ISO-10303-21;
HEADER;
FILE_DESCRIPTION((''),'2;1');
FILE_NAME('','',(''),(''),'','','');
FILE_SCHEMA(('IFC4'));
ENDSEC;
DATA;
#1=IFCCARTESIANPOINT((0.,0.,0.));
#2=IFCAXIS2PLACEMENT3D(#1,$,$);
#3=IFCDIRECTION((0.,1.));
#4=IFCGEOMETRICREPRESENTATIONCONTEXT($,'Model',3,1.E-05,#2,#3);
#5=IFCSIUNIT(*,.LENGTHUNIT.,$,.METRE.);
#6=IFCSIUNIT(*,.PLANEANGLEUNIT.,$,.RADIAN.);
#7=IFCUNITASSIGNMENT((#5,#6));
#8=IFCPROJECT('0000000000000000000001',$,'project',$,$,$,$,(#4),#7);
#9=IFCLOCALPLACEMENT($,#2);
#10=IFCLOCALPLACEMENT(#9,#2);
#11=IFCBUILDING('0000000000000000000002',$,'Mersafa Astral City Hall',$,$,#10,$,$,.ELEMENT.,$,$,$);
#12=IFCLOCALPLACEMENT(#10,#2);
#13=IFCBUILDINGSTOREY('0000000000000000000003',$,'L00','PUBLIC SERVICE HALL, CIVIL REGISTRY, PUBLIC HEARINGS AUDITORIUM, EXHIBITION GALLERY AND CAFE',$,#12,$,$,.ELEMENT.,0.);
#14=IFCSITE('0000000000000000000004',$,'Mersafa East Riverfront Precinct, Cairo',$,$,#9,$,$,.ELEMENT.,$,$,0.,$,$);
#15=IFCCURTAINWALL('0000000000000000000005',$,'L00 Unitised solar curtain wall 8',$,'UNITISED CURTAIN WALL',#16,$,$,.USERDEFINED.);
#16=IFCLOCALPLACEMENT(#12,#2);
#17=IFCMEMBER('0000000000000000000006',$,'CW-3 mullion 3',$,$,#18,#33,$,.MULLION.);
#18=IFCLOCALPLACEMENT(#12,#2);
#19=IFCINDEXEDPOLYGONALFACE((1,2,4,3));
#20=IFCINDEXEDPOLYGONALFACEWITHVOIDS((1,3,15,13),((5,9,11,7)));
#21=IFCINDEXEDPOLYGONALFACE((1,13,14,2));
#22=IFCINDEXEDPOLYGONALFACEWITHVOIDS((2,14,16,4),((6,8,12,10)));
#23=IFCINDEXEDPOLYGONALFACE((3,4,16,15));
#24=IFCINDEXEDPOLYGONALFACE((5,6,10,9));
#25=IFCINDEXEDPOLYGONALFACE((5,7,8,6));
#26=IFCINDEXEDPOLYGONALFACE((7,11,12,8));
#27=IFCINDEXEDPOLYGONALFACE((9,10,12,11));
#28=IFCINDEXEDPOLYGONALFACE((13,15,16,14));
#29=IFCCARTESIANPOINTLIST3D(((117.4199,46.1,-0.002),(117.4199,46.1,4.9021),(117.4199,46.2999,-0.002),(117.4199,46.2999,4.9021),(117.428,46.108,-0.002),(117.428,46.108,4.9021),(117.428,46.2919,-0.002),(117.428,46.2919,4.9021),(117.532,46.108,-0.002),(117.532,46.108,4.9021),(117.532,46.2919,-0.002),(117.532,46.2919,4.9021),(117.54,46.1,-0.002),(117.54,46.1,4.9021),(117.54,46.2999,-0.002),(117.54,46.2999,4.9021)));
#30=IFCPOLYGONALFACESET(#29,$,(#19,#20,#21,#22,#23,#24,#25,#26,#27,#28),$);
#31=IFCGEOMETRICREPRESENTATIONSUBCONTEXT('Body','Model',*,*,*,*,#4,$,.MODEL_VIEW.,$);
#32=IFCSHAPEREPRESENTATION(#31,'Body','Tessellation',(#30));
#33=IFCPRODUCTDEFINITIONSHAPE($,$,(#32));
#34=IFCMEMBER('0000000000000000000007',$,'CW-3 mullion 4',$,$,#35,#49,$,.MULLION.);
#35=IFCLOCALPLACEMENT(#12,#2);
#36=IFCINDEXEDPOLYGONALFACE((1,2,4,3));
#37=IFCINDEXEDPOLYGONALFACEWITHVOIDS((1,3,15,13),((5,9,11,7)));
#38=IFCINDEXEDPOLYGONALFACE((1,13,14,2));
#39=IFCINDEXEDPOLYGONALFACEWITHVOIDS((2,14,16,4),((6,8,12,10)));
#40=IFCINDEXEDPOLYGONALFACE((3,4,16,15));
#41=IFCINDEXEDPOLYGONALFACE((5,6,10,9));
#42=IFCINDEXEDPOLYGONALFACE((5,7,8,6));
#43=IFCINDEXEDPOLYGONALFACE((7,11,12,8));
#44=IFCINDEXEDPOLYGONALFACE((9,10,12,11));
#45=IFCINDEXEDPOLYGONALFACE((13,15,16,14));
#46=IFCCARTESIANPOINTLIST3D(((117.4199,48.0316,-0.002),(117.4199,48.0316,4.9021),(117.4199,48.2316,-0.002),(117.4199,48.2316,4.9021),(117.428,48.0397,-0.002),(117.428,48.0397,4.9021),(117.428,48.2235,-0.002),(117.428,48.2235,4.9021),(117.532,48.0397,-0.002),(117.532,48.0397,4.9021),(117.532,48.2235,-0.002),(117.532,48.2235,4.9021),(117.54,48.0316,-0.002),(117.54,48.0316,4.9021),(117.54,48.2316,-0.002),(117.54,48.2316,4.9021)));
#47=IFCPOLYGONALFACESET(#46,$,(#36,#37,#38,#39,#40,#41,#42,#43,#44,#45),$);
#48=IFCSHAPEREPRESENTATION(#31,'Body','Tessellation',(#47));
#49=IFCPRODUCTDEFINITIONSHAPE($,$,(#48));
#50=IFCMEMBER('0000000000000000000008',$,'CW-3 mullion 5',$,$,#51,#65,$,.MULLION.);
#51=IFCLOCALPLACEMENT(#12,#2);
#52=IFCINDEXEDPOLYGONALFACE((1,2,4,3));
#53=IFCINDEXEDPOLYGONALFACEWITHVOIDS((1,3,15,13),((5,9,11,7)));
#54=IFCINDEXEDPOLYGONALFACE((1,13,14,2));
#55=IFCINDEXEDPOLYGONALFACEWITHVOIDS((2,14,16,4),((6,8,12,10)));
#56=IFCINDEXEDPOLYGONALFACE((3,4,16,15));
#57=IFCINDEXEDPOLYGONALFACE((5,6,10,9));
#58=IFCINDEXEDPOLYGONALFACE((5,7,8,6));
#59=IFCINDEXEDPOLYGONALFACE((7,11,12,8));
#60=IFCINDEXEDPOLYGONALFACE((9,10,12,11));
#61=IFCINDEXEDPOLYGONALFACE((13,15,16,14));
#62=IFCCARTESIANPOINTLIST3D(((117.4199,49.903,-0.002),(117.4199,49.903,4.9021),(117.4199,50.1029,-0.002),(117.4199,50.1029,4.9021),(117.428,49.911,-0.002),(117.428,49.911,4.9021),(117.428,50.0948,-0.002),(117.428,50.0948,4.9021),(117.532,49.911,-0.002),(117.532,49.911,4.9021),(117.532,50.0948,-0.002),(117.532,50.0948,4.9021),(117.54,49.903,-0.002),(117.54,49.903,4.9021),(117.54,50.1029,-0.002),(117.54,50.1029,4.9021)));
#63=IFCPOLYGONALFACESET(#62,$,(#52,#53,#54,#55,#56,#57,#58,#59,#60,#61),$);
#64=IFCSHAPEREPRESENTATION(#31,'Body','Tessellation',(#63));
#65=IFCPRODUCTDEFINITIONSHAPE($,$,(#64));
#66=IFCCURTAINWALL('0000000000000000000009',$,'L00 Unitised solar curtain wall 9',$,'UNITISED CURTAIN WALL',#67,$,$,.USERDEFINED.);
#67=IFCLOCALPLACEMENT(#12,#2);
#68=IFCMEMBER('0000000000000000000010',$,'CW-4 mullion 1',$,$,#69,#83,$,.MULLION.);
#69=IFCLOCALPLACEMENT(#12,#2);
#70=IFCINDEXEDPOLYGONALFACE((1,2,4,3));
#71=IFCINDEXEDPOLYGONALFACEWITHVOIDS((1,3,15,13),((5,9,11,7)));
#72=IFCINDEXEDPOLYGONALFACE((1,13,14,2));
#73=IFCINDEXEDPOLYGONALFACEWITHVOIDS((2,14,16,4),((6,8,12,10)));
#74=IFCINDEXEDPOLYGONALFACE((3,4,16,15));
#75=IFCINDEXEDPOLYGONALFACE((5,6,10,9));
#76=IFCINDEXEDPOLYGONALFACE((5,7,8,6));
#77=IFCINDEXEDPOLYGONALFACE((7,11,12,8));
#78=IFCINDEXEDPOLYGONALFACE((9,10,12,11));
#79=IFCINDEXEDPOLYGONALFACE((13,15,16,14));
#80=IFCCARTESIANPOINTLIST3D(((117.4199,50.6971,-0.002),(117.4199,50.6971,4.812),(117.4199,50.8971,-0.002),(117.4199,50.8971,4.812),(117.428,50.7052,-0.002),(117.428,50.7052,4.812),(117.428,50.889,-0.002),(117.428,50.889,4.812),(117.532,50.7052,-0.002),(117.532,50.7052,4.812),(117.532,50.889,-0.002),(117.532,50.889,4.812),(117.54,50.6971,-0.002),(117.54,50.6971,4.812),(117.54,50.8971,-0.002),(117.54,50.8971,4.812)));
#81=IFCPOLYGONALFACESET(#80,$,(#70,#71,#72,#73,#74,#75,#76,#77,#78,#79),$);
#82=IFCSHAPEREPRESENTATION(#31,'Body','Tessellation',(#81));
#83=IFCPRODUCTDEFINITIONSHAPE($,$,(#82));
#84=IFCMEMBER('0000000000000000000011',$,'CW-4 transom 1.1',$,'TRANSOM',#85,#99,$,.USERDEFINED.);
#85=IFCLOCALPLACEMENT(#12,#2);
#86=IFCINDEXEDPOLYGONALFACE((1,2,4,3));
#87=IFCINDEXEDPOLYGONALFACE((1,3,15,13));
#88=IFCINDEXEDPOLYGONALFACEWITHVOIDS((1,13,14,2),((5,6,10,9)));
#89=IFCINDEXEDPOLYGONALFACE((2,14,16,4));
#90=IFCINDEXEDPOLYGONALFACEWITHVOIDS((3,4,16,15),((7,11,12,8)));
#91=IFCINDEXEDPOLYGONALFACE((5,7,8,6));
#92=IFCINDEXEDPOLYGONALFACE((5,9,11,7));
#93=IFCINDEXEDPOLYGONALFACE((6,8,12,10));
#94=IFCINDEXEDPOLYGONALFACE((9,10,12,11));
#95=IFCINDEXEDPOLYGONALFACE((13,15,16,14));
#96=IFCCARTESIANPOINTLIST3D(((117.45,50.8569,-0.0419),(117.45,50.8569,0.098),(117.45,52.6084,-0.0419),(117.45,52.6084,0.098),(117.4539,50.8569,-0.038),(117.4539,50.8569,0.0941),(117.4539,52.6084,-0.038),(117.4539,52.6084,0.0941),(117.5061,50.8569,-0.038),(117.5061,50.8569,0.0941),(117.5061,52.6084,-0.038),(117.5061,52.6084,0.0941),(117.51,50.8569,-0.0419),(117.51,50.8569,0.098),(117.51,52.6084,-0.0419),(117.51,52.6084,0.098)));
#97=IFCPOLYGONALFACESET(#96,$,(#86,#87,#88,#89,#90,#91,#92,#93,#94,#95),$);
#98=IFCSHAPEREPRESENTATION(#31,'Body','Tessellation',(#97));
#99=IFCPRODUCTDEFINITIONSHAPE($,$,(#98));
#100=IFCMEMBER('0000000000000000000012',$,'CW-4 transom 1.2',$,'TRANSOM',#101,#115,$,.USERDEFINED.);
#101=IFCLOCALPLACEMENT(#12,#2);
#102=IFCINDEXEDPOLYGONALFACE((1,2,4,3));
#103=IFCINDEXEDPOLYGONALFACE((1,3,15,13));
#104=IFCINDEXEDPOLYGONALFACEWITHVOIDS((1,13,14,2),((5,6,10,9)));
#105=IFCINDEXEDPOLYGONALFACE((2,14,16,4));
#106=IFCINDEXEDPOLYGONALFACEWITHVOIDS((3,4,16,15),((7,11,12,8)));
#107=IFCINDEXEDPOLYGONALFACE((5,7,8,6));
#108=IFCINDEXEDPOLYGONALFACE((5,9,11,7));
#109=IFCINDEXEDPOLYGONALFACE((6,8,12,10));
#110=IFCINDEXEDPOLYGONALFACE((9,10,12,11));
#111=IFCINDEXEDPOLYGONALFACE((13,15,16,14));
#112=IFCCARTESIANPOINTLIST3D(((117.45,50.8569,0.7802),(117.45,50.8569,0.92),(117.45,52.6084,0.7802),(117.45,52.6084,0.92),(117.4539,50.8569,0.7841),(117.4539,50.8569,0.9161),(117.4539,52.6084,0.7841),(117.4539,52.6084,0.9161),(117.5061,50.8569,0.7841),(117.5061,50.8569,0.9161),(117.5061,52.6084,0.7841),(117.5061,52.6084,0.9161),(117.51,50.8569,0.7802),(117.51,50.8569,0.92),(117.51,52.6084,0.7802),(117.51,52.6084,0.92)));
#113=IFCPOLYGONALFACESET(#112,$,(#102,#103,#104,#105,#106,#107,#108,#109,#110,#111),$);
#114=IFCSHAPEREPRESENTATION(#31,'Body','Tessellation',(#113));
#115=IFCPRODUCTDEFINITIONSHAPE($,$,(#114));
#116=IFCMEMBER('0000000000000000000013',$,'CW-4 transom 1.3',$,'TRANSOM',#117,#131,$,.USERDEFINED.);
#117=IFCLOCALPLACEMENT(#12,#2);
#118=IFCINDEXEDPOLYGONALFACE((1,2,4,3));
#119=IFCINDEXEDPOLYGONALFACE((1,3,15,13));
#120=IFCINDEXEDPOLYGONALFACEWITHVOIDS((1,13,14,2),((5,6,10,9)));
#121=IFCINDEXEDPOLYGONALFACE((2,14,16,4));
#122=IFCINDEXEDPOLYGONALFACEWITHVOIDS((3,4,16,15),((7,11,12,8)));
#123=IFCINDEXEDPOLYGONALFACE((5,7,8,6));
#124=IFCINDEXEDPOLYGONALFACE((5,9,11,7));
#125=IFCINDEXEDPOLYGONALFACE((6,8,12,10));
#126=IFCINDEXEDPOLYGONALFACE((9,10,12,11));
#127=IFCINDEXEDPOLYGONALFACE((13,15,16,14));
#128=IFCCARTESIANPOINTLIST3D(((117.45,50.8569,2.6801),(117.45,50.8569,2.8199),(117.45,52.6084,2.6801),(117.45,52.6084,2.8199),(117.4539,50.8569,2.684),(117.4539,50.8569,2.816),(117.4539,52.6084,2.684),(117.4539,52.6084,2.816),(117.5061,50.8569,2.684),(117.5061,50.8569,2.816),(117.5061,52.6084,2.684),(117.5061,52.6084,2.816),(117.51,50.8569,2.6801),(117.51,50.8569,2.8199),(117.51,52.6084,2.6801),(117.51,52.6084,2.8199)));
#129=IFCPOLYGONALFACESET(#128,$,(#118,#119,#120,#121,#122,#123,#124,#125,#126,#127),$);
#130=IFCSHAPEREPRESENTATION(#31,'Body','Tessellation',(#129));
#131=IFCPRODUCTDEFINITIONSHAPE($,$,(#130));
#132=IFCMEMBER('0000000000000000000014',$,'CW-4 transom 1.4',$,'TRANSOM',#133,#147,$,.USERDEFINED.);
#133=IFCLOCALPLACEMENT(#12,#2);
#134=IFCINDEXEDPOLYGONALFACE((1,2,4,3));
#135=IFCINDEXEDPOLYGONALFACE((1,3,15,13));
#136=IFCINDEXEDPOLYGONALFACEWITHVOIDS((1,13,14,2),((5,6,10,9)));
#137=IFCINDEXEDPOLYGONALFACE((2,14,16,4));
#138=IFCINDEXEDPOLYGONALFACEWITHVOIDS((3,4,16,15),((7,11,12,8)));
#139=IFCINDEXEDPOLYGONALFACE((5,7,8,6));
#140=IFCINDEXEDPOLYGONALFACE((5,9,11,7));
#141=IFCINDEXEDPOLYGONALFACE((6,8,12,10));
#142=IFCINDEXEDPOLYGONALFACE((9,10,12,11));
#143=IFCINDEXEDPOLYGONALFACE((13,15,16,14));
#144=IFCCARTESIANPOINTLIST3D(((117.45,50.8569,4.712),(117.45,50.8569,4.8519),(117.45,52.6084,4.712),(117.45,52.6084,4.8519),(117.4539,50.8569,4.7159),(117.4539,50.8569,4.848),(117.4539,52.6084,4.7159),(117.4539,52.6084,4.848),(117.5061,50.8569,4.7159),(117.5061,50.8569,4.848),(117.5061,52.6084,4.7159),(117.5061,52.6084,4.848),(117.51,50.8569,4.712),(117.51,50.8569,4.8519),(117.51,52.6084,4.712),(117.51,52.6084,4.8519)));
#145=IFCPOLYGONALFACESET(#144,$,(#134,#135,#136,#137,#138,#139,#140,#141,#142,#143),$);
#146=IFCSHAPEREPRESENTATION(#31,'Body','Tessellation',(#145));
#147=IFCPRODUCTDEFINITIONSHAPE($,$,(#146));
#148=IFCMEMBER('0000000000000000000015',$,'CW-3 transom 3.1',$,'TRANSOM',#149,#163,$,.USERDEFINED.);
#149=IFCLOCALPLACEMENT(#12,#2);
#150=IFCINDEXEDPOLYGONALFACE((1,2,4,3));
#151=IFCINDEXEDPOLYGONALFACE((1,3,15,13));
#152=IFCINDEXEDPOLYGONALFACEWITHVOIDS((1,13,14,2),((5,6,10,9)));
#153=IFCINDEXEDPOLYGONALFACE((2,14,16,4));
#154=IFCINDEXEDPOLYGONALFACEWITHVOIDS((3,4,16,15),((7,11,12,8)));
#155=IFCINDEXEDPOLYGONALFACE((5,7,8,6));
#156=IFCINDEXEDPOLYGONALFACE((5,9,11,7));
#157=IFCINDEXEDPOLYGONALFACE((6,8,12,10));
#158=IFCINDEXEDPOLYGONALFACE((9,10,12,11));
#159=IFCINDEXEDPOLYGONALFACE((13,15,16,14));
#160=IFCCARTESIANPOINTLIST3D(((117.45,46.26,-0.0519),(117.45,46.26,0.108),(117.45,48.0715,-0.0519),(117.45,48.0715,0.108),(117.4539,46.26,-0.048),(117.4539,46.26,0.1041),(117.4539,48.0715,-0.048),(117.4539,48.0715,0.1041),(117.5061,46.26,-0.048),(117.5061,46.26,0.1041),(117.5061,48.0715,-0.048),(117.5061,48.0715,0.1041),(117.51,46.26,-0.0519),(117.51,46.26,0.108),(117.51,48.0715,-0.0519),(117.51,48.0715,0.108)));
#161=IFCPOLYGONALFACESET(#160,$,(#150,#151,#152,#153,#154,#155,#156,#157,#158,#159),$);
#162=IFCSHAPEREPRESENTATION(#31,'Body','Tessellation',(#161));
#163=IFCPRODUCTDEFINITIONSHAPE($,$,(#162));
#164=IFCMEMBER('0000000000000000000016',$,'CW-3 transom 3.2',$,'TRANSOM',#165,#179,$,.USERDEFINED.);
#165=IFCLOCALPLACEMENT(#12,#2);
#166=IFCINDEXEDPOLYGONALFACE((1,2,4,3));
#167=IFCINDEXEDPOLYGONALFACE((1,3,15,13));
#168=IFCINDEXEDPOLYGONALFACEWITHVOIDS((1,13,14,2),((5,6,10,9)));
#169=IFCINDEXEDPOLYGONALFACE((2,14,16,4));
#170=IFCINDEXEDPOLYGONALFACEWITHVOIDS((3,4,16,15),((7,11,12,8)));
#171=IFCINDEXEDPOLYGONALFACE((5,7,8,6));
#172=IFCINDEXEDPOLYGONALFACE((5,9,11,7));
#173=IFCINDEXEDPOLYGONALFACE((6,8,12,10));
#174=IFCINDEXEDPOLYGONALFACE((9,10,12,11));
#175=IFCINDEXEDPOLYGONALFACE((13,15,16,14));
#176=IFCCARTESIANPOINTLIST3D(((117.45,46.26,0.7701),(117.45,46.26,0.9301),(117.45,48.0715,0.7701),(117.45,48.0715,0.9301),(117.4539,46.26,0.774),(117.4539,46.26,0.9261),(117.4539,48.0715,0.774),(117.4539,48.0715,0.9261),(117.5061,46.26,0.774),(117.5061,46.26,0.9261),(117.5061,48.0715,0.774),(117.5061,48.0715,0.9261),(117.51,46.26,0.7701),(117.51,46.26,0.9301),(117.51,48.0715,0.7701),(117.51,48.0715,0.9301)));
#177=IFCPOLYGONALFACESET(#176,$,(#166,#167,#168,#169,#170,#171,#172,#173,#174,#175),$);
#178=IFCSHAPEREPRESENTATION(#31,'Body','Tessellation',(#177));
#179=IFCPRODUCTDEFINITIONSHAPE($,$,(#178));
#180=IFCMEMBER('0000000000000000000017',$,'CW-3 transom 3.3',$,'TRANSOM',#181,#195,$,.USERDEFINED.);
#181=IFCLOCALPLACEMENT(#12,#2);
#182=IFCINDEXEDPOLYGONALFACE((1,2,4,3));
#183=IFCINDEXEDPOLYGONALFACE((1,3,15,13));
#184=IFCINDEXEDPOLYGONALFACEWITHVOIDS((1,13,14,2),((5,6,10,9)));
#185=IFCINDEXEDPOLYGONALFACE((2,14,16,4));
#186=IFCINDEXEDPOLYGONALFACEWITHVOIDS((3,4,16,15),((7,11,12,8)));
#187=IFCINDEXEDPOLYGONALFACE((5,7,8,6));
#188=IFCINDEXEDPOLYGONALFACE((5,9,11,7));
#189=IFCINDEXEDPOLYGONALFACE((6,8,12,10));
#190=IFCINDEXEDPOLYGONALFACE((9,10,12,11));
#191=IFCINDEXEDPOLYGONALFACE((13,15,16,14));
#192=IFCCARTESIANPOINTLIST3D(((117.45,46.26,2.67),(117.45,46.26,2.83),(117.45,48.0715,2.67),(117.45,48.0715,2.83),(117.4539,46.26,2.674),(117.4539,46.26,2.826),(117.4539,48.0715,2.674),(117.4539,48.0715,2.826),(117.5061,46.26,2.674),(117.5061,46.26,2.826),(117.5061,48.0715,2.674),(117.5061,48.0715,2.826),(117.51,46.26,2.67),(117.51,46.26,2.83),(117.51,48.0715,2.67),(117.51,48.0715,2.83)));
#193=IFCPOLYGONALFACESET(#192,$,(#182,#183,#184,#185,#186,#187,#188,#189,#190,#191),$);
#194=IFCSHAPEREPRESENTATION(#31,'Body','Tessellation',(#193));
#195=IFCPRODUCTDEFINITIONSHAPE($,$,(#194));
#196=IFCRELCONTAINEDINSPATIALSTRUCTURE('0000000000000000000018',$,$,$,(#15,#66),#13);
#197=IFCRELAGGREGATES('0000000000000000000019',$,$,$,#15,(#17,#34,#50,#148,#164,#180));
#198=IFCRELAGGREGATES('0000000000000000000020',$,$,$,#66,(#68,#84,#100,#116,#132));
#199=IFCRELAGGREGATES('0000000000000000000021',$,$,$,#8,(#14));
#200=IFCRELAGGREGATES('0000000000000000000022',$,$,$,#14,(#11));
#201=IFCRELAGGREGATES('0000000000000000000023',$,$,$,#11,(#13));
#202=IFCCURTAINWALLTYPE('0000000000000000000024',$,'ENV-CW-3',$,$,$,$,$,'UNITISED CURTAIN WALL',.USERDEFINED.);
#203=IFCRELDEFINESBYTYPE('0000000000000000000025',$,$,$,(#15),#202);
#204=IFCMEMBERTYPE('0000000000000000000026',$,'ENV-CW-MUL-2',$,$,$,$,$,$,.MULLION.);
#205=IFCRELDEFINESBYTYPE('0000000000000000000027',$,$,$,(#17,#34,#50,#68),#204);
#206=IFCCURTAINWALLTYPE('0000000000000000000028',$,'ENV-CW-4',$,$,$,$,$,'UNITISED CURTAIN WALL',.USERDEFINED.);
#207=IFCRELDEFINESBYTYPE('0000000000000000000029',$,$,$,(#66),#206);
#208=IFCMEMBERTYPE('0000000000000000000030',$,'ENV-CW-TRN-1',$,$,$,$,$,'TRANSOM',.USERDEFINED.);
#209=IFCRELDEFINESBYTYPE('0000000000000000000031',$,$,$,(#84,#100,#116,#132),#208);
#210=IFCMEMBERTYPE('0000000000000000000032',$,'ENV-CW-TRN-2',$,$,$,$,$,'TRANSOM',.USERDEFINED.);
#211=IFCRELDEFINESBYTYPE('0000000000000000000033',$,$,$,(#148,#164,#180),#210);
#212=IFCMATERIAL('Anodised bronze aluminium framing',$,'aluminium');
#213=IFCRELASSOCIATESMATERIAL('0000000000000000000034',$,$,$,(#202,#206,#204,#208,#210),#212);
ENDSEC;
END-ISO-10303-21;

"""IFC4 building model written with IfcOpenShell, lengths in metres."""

from ifc_helpers import new_model, si_unit, direction, frame, origin, origin_2d, place, context, subcontext, project, spatial, hollow_rectangle, extrude, material, material_profile, profile_set, type_object, element, aggregate, save


model = new_model("IFC4")

# Units and contexts
model_context = context("Model", 3, precision=1e-05, world=origin(), true_north=direction((0.0, 1.0)))
body_context = subcontext(model_context, "Body", "Model", "MODEL_VIEW")
ifc_project = project(units=[si_unit("LENGTHUNIT", "METRE"), si_unit("PLANEANGLEUNIT", "RADIAN")], contexts=[model_context])

# Site, building, storey
site_placement = place(None, origin())
site = spatial("IfcSite", under=ifc_project, at=site_placement, Name="Mersafa East Riverfront Precinct, Cairo", CompositionType="ELEMENT", RefElevation=0.0)
building_placement = place(site_placement, origin())
building = spatial("IfcBuilding", under=site, at=building_placement, Name="Mersafa Astral City Hall", CompositionType="ELEMENT")
storey_placement = place(building_placement, origin())
storey = spatial("IfcBuildingStorey", under=building, at=storey_placement, Name="L00", Description="PUBLIC SERVICE HALL, CIVIL REGISTRY, PUBLIC HEARINGS AUDITORIUM, EXHIBITION GALLERY AND CAFE", CompositionType="ELEMENT", Elevation=0.0)

# Curtain walls, members
ifc_material_1 = material(Name="Anodised bronze aluminium framing", Category="aluminium")
curtain_wall_type_1 = type_object("IfcCurtainWallType", Name="ENV-CW-3", ElementType="UNITISED CURTAIN WALL", PredefinedType="USERDEFINED", material=ifc_material_1)
curtain_wall_1_placement = place(storey_placement, origin())
curtain_wall_1 = element("IfcCurtainWall", 1, at=curtain_wall_1_placement, inside=storey, type_object=curtain_wall_type_1, Name="L00 Unitised solar curtain wall 8", ObjectType="UNITISED CURTAIN WALL", PredefinedType="USERDEFINED")
ifc_material_profile_1 = material_profile(ifc_material_1, hollow_rectangle(XDim=0.1201, YDim=0.2, WallThickness=0.0081, at=origin_2d()), Name="RHS 120x200x8")
ifc_profile_set_1 = profile_set([ifc_material_profile_1], Name="Anodised bronze aluminium framing")
member_type_1 = type_object("IfcMemberType", Name="ENV-CW-MUL-2", PredefinedType="MULLION", material=ifc_profile_set_1)
member_1_placement = place(storey_placement, frame((117.48, 46.2, -0.002), z_axis=(0.0, 0.0, 1.0), x_axis=(-1.0, 0.0, 0.0)))
member_1 = element("IfcMember", 2, at=member_1_placement, type_object=member_type_1, Name="CW-3 mullion 3", PredefinedType="MULLION", context=body_context, shape_type="SweptSolid", body=[
    extrude(hollow_rectangle(XDim=0.1201, YDim=0.2, WallThickness=0.0081, at=origin_2d()), origin(), (0.0, 0.0, 1.0), 4.9041),
])
member_2_placement = place(storey_placement, frame((117.48, 48.1316, -0.002), z_axis=(0.0, 0.0, 1.0), x_axis=(-1.0, 0.0, 0.0)))
member_2 = element("IfcMember", 3, at=member_2_placement, type_object=member_type_1, Name="CW-3 mullion 4", PredefinedType="MULLION", context=body_context, shape_type="SweptSolid", body=[
    extrude(hollow_rectangle(XDim=0.1201, YDim=0.2, WallThickness=0.0081, at=origin_2d()), origin(), (0.0, 0.0, 1.0), 4.9041),
])
member_3_placement = place(storey_placement, frame((117.48, 50.0029, -0.002), z_axis=(0.0, 0.0, 1.0), x_axis=(-1.0, 0.0, 0.0)))
member_3 = element("IfcMember", 4, at=member_3_placement, type_object=member_type_1, Name="CW-3 mullion 5", PredefinedType="MULLION", context=body_context, shape_type="SweptSolid", body=[
    extrude(hollow_rectangle(XDim=0.1201, YDim=0.2, WallThickness=0.0081, at=origin_2d()), origin(), (0.0, 0.0, 1.0), 4.9041),
])
curtain_wall_type_2 = type_object("IfcCurtainWallType", Name="ENV-CW-4", ElementType="UNITISED CURTAIN WALL", PredefinedType="USERDEFINED", material=ifc_material_1)
curtain_wall_2_placement = place(storey_placement, origin())
curtain_wall_2 = element("IfcCurtainWall", 5, at=curtain_wall_2_placement, inside=storey, type_object=curtain_wall_type_2, Name="L00 Unitised solar curtain wall 9", ObjectType="UNITISED CURTAIN WALL", PredefinedType="USERDEFINED")
member_4_placement = place(storey_placement, frame((117.48, 50.7971, -0.002), z_axis=(0.0, 0.0, 1.0), x_axis=(-1.0, 0.0, 0.0)))
member_4 = element("IfcMember", 6, at=member_4_placement, type_object=member_type_1, Name="CW-4 mullion 1", PredefinedType="MULLION", context=body_context, shape_type="SweptSolid", body=[
    extrude(hollow_rectangle(XDim=0.1201, YDim=0.2, WallThickness=0.0081, at=origin_2d()), origin(), (0.0, 0.0, 1.0), 4.814),
])
ifc_material_profile_2 = material_profile(ifc_material_1, hollow_rectangle(XDim=0.0601, YDim=0.1399, WallThickness=0.0039, at=origin_2d()), Name="RHS 60x140x4")
ifc_profile_set_2 = profile_set([ifc_material_profile_2], Name="Anodised bronze aluminium framing")
member_type_2 = type_object("IfcMemberType", Name="ENV-CW-TRN-1", ElementType="TRANSOM", PredefinedType="USERDEFINED", material=ifc_profile_set_2)
member_5_placement = place(storey_placement, frame((117.48, 50.8569, 0.0281), z_axis=(0.0, 1.0, 0.0), x_axis=(-1.0, 0.0, 0.0)))
member_5 = element("IfcMember", 7, at=member_5_placement, type_object=member_type_2, Name="CW-4 transom 1.1", ObjectType="TRANSOM", PredefinedType="USERDEFINED", context=body_context, shape_type="SweptSolid", body=[
    extrude(hollow_rectangle(XDim=0.0601, YDim=0.1399, WallThickness=0.0039, at=origin_2d()), origin(), (0.0, 0.0, 1.0), 1.7515),
])
member_6_placement = place(storey_placement, frame((117.48, 50.8569, 0.8501), z_axis=(0.0, 1.0, 0.0), x_axis=(-1.0, 0.0, 0.0)))
member_6 = element("IfcMember", 8, at=member_6_placement, type_object=member_type_2, Name="CW-4 transom 1.2", ObjectType="TRANSOM", PredefinedType="USERDEFINED", context=body_context, shape_type="SweptSolid", body=[
    extrude(hollow_rectangle(XDim=0.0601, YDim=0.1399, WallThickness=0.0039, at=origin_2d()), origin(), (0.0, 0.0, 1.0), 1.7515),
])
member_7_placement = place(storey_placement, frame((117.48, 50.8569, 2.75), z_axis=(0.0, 1.0, 0.0), x_axis=(-1.0, 0.0, 0.0)))
member_7 = element("IfcMember", 9, at=member_7_placement, type_object=member_type_2, Name="CW-4 transom 1.3", ObjectType="TRANSOM", PredefinedType="USERDEFINED", context=body_context, shape_type="SweptSolid", body=[
    extrude(hollow_rectangle(XDim=0.0601, YDim=0.1399, WallThickness=0.0039, at=origin_2d()), origin(), (0.0, 0.0, 1.0), 1.7515),
])
member_8_placement = place(storey_placement, frame((117.48, 50.8569, 4.782), z_axis=(0.0, 1.0, 0.0), x_axis=(-1.0, 0.0, 0.0)))
member_8 = element("IfcMember", 10, at=member_8_placement, type_object=member_type_2, Name="CW-4 transom 1.4", ObjectType="TRANSOM", PredefinedType="USERDEFINED", context=body_context, shape_type="SweptSolid", body=[
    extrude(hollow_rectangle(XDim=0.0601, YDim=0.1399, WallThickness=0.0039, at=origin_2d()), origin(), (0.0, 0.0, 1.0), 1.7515),
])

# Members
ifc_material_profile_3 = material_profile(ifc_material_1, hollow_rectangle(XDim=0.0601, YDim=0.1599, WallThickness=0.0039, at=origin_2d()), Name="RHS 60x160x4")
ifc_profile_set_3 = profile_set([ifc_material_profile_3], Name="Anodised bronze aluminium framing")
member_type_3 = type_object("IfcMemberType", Name="ENV-CW-TRN-2", ElementType="TRANSOM", PredefinedType="USERDEFINED", material=ifc_profile_set_3)
member_9_placement = place(storey_placement, frame((117.48, 46.26, 0.0281), z_axis=(0.0, 1.0, 0.0), x_axis=(-1.0, 0.0, 0.0)))
member_9 = element("IfcMember", 11, at=member_9_placement, type_object=member_type_3, Name="CW-3 transom 3.1", ObjectType="TRANSOM", PredefinedType="USERDEFINED", context=body_context, shape_type="SweptSolid", body=[
    extrude(hollow_rectangle(XDim=0.0601, YDim=0.1599, WallThickness=0.0039, at=origin_2d()), origin(), (0.0, 0.0, 1.0), 1.8115),
])
member_10_placement = place(storey_placement, frame((117.48, 46.26, 0.8501), z_axis=(0.0, 1.0, 0.0), x_axis=(-1.0, 0.0, 0.0)))
member_10 = element("IfcMember", 12, at=member_10_placement, type_object=member_type_3, Name="CW-3 transom 3.2", ObjectType="TRANSOM", PredefinedType="USERDEFINED", context=body_context, shape_type="SweptSolid", body=[
    extrude(hollow_rectangle(XDim=0.0601, YDim=0.1599, WallThickness=0.0039, at=origin_2d()), origin(), (0.0, 0.0, 1.0), 1.8115),
])
member_11_placement = place(storey_placement, frame((117.48, 46.26, 2.75), z_axis=(0.0, 1.0, 0.0), x_axis=(-1.0, 0.0, 0.0)))
member_11 = element("IfcMember", 13, at=member_11_placement, type_object=member_type_3, Name="CW-3 transom 3.3", ObjectType="TRANSOM", PredefinedType="USERDEFINED", context=body_context, shape_type="SweptSolid", body=[
    extrude(hollow_rectangle(XDim=0.0601, YDim=0.1599, WallThickness=0.0039, at=origin_2d()), origin(), (0.0, 0.0, 1.0), 1.8115),
])

aggregate(curtain_wall_1, [member_1, member_2, member_3, member_9, member_10, member_11])
aggregate(curtain_wall_2, [member_4, member_5, member_6, member_7, member_8])

save(model, "model.ifc")
